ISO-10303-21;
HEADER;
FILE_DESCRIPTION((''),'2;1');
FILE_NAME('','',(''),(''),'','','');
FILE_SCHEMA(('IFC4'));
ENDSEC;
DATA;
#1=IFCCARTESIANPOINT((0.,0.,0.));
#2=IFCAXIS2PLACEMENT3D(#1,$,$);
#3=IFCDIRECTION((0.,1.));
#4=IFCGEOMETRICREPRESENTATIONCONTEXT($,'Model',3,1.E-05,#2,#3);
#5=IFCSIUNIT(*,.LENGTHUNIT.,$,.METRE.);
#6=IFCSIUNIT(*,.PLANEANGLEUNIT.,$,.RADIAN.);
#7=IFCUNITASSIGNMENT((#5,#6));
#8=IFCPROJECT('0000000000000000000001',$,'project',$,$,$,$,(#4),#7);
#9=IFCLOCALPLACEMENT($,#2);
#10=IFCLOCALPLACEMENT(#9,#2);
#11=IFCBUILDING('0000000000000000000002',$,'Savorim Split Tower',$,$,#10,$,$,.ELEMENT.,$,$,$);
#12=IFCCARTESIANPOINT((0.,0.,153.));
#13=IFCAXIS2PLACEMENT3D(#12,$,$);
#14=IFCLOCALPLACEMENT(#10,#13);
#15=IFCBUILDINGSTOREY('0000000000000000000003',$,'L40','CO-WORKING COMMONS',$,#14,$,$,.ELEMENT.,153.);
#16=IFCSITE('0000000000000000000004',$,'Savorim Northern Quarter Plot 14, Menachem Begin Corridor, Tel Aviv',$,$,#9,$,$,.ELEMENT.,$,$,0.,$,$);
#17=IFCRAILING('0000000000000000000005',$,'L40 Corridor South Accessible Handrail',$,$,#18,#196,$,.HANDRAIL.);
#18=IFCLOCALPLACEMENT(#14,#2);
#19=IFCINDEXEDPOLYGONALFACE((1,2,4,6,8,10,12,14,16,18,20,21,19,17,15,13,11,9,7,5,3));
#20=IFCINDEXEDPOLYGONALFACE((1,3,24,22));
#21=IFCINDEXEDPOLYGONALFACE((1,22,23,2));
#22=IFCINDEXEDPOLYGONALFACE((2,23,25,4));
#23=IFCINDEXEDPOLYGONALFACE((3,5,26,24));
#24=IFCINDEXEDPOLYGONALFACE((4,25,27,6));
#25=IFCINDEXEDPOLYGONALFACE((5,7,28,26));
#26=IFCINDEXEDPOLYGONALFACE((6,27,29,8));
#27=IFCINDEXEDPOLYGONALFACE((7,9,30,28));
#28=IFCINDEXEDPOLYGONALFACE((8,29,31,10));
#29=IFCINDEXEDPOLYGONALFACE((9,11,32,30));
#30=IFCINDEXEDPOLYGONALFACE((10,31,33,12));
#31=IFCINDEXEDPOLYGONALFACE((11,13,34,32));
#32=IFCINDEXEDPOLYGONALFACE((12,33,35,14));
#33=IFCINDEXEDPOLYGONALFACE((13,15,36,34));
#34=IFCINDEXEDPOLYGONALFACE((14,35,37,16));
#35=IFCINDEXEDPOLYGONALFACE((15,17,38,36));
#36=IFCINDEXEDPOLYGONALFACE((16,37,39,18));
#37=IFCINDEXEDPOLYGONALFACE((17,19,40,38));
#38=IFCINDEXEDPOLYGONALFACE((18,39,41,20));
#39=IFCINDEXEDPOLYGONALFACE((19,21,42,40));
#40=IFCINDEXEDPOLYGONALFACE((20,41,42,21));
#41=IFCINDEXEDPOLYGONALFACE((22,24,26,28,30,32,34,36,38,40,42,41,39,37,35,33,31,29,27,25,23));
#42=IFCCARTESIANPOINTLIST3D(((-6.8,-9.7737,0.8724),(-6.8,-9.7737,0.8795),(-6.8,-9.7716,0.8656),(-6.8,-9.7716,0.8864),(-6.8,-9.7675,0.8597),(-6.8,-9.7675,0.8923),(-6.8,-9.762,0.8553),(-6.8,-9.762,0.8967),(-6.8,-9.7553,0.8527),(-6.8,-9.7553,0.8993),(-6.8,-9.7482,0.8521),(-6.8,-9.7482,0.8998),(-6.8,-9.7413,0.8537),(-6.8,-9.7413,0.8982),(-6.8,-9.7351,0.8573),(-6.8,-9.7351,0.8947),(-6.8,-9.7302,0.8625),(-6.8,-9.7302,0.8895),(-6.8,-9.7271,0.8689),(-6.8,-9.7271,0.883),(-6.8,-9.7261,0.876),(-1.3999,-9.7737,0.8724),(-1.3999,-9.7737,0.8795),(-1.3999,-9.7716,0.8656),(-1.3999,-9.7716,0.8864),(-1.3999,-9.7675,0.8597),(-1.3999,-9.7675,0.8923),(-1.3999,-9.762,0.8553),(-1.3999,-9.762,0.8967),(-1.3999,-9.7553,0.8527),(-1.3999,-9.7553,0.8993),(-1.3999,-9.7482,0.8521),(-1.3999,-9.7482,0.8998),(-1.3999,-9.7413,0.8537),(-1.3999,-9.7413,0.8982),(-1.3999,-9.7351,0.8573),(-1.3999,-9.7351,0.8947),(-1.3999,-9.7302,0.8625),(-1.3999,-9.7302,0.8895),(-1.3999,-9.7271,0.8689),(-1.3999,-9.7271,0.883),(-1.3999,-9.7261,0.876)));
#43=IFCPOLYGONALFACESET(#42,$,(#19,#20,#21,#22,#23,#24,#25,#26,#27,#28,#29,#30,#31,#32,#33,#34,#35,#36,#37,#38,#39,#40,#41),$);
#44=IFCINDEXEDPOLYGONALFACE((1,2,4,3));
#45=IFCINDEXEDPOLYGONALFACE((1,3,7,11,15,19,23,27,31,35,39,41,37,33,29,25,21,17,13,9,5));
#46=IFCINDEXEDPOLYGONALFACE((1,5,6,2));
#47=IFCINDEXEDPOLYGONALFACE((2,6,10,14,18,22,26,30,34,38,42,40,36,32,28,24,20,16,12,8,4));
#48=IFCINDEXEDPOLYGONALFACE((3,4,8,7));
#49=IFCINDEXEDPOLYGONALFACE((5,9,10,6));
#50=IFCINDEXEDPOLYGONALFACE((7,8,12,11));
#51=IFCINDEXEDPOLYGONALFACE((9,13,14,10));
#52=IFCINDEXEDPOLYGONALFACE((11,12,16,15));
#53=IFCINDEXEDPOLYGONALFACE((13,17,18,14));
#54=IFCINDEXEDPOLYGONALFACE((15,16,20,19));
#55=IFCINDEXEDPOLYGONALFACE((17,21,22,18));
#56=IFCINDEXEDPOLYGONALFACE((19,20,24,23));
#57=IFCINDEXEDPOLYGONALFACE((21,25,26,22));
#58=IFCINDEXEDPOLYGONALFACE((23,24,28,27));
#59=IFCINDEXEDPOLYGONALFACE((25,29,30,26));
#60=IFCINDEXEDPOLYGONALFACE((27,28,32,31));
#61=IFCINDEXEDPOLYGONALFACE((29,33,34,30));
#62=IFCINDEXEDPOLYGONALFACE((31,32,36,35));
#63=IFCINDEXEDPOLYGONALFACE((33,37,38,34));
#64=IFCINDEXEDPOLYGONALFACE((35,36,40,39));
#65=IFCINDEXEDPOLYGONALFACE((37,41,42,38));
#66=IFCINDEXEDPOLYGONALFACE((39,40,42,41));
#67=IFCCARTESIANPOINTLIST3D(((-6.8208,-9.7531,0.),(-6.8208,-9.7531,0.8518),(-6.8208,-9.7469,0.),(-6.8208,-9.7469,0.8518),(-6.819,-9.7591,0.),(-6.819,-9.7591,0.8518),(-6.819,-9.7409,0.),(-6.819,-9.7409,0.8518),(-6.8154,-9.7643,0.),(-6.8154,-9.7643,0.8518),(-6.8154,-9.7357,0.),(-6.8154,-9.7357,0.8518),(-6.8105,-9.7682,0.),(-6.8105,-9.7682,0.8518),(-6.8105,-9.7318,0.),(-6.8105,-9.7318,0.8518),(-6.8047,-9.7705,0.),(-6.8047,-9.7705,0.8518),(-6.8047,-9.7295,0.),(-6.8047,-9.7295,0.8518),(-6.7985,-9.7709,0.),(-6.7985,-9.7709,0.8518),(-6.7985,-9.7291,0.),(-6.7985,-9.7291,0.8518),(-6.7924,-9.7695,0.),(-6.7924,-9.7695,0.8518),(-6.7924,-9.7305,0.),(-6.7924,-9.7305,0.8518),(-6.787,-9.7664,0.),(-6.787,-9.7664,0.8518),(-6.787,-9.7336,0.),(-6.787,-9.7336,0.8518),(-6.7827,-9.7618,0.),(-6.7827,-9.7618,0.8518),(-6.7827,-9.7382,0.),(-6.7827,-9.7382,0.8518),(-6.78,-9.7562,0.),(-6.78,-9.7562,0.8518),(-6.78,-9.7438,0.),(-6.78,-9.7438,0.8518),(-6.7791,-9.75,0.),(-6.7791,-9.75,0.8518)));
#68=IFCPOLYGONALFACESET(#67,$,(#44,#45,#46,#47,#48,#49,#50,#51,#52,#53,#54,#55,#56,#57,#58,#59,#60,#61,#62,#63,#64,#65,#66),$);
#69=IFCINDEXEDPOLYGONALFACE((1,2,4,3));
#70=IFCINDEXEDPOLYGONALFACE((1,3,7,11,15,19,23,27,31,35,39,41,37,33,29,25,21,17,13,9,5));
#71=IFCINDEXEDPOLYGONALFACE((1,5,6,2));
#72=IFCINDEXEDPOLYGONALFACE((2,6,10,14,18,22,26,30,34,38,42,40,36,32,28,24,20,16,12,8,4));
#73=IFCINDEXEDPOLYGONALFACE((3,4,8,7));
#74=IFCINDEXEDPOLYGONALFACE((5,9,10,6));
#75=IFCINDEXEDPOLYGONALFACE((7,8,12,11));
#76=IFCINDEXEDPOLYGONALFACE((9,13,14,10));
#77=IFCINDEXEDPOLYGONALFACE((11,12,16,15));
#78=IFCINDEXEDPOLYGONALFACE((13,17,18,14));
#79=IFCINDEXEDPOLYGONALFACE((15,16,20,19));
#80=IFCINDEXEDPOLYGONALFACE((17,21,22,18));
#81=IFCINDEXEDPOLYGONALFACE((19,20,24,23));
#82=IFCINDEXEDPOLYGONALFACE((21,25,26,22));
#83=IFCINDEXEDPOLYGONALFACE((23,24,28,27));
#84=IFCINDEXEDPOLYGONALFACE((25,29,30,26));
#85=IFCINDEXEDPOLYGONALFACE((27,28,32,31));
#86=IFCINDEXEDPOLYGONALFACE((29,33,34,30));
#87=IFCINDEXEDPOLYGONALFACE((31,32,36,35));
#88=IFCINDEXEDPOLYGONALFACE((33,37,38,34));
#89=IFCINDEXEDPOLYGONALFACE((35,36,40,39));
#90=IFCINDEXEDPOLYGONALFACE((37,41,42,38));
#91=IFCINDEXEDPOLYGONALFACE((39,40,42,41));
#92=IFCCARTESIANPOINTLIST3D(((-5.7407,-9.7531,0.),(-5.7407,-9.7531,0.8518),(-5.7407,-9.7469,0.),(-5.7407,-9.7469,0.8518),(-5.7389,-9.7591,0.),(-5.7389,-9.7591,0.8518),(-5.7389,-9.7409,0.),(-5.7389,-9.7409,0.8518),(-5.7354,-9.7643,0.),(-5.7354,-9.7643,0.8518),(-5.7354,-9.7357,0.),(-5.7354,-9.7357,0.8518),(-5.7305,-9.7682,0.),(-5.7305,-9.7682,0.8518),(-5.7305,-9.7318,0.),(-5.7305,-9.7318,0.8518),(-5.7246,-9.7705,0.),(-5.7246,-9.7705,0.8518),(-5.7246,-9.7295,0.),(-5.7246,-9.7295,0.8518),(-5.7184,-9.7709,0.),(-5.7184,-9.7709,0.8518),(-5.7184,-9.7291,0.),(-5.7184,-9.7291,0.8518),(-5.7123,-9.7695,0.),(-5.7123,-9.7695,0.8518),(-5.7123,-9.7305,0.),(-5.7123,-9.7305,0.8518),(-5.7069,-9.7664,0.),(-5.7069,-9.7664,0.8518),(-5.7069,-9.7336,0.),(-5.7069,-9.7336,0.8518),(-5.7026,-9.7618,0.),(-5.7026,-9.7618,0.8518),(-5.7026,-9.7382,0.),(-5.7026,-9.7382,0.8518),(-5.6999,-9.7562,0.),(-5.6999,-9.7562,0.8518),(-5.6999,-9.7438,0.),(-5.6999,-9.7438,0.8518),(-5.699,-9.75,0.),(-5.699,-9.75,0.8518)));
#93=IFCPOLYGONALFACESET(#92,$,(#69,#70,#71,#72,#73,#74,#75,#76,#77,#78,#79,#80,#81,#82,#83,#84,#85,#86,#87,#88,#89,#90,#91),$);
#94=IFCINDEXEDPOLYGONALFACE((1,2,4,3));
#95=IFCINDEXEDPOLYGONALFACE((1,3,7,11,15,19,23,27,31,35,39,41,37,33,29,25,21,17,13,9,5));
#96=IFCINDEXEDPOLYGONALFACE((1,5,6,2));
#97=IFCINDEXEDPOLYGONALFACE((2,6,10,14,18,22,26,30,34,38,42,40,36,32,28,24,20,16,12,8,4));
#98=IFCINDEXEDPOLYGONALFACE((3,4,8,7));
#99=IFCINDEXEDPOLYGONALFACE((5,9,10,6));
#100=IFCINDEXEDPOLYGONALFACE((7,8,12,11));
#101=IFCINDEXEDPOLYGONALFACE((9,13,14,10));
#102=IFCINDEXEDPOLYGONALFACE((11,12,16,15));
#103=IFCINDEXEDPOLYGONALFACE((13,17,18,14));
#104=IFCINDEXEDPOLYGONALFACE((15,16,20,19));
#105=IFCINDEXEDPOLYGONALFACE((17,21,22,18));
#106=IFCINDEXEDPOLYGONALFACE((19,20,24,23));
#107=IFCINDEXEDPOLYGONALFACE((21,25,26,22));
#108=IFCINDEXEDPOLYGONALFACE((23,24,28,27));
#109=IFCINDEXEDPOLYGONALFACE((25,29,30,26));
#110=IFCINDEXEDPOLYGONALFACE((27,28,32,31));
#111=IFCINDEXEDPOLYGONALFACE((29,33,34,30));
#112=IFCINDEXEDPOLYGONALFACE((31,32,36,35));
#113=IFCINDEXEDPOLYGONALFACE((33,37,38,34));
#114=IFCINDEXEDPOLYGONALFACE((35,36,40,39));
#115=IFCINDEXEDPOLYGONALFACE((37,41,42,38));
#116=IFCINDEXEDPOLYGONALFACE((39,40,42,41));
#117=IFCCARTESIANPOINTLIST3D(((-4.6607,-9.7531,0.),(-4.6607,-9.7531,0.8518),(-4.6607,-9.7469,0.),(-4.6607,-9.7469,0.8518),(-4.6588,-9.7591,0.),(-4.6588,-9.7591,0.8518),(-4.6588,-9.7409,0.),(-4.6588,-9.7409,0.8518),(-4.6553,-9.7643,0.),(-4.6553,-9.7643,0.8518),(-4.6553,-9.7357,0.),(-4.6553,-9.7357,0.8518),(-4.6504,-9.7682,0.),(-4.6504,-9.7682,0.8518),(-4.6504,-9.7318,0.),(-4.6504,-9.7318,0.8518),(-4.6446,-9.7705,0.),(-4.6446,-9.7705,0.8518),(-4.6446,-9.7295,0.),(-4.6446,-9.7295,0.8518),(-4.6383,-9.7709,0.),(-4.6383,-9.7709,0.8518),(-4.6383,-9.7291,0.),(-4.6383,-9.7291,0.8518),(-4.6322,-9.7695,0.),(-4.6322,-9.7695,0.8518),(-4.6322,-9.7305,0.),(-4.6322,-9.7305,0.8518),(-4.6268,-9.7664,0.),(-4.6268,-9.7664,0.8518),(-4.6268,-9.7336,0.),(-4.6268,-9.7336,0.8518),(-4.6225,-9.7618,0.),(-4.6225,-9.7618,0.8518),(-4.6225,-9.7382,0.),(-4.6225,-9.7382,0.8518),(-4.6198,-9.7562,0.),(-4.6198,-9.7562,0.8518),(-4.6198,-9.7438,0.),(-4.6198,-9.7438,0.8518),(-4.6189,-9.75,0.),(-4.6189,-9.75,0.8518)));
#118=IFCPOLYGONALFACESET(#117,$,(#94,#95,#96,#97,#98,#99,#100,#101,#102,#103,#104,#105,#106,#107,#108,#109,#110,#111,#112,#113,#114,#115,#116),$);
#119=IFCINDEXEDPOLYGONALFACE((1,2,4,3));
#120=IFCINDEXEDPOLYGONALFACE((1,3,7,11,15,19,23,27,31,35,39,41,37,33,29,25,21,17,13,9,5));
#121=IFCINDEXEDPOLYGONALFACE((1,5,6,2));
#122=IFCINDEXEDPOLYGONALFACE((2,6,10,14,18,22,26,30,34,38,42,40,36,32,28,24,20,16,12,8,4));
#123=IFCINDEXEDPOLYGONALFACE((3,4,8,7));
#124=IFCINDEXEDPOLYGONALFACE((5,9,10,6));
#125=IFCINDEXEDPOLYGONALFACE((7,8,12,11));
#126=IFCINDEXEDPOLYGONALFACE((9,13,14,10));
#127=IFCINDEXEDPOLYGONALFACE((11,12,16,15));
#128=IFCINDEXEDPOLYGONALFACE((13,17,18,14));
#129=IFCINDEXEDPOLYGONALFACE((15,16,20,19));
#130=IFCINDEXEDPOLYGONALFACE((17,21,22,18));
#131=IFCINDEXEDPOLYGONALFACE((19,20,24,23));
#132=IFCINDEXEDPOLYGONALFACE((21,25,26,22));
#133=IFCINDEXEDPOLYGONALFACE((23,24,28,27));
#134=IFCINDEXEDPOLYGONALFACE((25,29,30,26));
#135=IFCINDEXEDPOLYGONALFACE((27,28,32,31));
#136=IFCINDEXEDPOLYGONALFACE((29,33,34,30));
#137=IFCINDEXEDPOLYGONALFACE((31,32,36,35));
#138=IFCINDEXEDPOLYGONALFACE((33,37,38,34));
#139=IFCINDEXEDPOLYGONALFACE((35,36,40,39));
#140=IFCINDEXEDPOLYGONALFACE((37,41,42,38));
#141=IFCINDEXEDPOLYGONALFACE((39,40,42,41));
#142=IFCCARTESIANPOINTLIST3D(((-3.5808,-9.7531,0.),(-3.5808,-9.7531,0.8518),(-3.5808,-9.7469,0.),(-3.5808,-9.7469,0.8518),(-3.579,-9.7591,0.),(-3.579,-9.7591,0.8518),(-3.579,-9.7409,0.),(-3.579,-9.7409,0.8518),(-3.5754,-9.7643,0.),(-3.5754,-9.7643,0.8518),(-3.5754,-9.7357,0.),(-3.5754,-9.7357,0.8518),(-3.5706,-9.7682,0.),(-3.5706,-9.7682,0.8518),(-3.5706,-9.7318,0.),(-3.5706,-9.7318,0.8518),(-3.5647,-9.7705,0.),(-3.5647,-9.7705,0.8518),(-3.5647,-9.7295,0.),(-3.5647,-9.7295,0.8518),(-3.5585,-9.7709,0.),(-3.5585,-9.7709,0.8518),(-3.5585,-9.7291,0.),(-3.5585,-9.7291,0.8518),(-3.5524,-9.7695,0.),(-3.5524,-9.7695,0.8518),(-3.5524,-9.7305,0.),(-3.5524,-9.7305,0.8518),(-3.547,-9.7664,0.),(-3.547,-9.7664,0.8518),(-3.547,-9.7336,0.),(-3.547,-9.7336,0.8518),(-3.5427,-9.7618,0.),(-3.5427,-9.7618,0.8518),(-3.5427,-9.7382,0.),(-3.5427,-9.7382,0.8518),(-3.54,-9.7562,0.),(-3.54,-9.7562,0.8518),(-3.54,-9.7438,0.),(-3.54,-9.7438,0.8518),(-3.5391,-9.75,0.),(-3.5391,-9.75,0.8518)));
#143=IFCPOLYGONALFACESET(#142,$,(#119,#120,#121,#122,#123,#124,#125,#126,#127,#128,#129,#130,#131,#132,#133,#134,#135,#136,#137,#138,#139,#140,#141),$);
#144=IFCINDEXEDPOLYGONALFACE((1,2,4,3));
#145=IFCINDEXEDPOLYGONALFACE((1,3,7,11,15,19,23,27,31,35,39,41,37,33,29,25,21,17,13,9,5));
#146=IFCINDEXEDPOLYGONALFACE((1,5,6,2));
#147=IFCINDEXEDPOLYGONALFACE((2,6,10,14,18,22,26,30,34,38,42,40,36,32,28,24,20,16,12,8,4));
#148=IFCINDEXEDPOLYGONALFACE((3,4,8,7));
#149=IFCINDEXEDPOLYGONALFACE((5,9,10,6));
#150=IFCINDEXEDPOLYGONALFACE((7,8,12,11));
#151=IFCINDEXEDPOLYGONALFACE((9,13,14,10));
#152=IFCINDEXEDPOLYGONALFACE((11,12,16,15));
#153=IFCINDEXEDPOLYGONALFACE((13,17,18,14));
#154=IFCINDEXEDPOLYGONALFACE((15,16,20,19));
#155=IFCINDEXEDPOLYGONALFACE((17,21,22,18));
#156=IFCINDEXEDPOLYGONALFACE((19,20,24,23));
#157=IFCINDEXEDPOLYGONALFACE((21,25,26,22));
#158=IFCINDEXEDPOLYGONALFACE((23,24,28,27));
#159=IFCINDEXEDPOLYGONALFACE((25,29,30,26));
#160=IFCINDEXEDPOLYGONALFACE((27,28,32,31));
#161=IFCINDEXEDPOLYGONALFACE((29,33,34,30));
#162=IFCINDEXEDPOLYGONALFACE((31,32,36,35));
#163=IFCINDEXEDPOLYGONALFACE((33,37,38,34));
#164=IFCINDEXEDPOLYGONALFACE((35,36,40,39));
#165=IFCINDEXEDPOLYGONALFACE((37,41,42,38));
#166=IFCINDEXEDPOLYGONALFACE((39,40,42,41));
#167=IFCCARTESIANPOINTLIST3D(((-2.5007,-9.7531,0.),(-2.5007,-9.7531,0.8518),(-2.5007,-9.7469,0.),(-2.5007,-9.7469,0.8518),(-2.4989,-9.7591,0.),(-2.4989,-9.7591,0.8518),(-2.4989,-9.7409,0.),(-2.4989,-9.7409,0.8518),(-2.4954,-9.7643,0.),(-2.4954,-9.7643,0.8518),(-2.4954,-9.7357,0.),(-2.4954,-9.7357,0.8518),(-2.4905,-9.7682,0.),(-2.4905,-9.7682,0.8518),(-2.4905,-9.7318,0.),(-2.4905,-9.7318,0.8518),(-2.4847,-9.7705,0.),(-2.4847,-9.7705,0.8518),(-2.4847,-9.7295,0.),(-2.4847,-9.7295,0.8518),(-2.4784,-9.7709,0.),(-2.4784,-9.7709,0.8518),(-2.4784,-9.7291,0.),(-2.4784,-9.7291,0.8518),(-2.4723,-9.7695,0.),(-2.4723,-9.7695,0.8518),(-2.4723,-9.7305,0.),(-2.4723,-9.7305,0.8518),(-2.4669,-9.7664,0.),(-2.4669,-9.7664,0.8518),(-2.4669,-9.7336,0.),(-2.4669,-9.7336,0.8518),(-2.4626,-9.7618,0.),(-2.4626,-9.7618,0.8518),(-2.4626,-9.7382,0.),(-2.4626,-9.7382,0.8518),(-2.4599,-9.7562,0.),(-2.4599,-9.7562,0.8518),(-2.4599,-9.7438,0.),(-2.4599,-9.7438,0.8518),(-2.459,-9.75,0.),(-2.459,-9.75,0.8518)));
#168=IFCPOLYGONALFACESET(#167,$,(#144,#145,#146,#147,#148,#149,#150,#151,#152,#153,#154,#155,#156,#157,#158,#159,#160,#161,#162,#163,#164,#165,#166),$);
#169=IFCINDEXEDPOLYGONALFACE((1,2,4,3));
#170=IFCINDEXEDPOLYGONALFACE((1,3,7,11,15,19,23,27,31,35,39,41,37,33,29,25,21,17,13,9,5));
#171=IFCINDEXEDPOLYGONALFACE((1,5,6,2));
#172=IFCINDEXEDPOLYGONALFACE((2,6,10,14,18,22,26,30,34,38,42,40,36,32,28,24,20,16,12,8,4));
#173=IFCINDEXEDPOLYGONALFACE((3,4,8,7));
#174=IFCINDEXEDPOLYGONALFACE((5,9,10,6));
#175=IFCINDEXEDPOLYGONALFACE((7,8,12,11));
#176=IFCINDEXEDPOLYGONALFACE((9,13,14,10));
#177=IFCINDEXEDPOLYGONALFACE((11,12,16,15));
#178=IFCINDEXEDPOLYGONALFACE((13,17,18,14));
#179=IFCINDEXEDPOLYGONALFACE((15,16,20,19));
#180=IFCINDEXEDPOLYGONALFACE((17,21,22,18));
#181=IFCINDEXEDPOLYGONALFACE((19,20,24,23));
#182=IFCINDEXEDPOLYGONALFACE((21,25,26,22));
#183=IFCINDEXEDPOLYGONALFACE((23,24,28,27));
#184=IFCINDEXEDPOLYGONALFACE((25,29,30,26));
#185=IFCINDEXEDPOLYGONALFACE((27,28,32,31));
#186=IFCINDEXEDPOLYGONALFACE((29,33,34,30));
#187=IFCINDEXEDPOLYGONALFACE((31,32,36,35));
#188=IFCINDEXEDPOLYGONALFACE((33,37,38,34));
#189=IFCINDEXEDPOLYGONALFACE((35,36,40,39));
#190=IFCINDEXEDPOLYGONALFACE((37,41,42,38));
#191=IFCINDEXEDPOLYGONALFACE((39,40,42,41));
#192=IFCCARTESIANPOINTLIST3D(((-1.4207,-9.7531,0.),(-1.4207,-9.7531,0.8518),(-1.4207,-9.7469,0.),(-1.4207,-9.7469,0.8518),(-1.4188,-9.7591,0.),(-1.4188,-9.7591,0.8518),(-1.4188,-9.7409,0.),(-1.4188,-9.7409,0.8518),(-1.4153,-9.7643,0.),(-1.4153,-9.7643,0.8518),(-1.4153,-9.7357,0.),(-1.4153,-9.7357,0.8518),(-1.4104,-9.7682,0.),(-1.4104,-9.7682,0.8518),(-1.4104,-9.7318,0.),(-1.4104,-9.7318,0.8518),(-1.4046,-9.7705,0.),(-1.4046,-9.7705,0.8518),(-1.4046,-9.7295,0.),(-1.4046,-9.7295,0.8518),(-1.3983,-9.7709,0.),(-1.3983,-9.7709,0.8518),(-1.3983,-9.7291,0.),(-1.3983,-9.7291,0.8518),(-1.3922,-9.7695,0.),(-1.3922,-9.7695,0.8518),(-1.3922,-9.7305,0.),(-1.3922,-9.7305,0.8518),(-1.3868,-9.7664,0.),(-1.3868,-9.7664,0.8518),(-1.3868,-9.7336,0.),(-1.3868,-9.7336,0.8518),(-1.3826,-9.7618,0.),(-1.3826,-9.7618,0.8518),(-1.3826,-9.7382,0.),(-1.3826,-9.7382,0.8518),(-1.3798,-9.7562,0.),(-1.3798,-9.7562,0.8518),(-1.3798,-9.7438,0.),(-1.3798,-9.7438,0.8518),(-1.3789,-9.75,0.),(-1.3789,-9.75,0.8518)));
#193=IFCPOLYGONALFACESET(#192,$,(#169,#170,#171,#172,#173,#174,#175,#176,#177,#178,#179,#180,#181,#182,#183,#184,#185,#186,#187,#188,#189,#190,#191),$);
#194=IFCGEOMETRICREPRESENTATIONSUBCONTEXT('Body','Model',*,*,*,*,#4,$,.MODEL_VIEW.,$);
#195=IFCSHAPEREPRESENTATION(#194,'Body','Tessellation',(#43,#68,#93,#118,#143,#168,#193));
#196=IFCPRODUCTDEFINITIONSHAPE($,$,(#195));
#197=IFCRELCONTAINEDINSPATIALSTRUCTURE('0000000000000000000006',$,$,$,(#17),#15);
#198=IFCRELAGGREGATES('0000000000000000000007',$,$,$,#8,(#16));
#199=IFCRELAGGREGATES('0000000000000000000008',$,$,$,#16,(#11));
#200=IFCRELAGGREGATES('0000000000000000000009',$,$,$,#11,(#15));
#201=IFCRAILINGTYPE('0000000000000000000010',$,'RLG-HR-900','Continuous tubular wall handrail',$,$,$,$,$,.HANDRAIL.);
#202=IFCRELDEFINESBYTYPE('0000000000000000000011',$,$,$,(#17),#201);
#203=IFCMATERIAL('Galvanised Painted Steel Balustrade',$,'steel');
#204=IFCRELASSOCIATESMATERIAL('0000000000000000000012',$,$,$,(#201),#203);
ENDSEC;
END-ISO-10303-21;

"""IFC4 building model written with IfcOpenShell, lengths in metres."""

from ifc_helpers import new_model, si_unit, direction, frame, origin, origin_2d, place, context, subcontext, project, spatial, circle, extrude, material, type_object, element, save


model = new_model("IFC4")

# Units and contexts
model_context = context("Model", 3, precision=1e-05, world=origin(), true_north=direction((0.0, 1.0)))
body_context = subcontext(model_context, "Body", "Model", "MODEL_VIEW")
ifc_project = project(units=[si_unit("LENGTHUNIT", "METRE"), si_unit("PLANEANGLEUNIT", "RADIAN")], contexts=[model_context])

# Site, building, storey
site_placement = place(None, origin())
site = spatial("IfcSite", under=ifc_project, at=site_placement, Name="Savorim Northern Quarter Plot 14, Menachem Begin Corridor, Tel Aviv", CompositionType="ELEMENT", RefElevation=0.0)
building_placement = place(site_placement, origin())
building = spatial("IfcBuilding", under=site, at=building_placement, Name="Savorim Split Tower", CompositionType="ELEMENT")
storey_placement = place(building_placement, frame((0.0, 0.0, 153.0)))
storey = spatial("IfcBuildingStorey", under=building, at=storey_placement, Name="L40", Description="CO-WORKING COMMONS", CompositionType="ELEMENT", Elevation=153.0)

# Railing
ifc_material_1 = material(Name="Galvanised Painted Steel Balustrade", Category="steel")
railing_type = type_object("IfcRailingType", Name="RLG-HR-900", Description="Continuous tubular wall handrail", PredefinedType="HANDRAIL", material=ifc_material_1)
railing_1_placement = place(storey_placement, frame((-6.8, -9.75, 0.0)))
element("IfcRailing", 1, at=railing_1_placement, inside=storey, type_object=railing_type, Name="L40 Corridor South Accessible Handrail", PredefinedType="HANDRAIL", context=body_context, shape_type="SweptSolid", body=[
    extrude(circle(Radius=0.0239, at=origin_2d()), frame((0.0, 0.0, 0.876), z_axis=(1.0, 0.0, 0.0), x_axis=(0.0, 1.0, 0.0)), (0.0, 0.0, 1.0), 5.4001),
    extrude(circle(Radius=0.021, at=origin_2d()), origin(), (0.0, 0.0, 1.0), 0.8518),
    extrude(circle(Radius=0.021, at=origin_2d()), frame((1.0801, 0.0, 0.0)), (0.0, 0.0, 1.0), 0.8518),
    extrude(circle(Radius=0.021, at=origin_2d()), frame((2.1602, 0.0, 0.0)), (0.0, 0.0, 1.0), 0.8518),
    extrude(circle(Radius=0.021, at=origin_2d()), frame((3.24, 0.0, 0.0)), (0.0, 0.0, 1.0), 0.8518),
    extrude(circle(Radius=0.021, at=origin_2d()), frame((4.3201, 0.0, 0.0)), (0.0, 0.0, 1.0), 0.8518),
    extrude(circle(Radius=0.021, at=origin_2d()), frame((5.4001, 0.0, 0.0)), (0.0, 0.0, 1.0), 0.8518),
])

save(model, "model.ifc")
